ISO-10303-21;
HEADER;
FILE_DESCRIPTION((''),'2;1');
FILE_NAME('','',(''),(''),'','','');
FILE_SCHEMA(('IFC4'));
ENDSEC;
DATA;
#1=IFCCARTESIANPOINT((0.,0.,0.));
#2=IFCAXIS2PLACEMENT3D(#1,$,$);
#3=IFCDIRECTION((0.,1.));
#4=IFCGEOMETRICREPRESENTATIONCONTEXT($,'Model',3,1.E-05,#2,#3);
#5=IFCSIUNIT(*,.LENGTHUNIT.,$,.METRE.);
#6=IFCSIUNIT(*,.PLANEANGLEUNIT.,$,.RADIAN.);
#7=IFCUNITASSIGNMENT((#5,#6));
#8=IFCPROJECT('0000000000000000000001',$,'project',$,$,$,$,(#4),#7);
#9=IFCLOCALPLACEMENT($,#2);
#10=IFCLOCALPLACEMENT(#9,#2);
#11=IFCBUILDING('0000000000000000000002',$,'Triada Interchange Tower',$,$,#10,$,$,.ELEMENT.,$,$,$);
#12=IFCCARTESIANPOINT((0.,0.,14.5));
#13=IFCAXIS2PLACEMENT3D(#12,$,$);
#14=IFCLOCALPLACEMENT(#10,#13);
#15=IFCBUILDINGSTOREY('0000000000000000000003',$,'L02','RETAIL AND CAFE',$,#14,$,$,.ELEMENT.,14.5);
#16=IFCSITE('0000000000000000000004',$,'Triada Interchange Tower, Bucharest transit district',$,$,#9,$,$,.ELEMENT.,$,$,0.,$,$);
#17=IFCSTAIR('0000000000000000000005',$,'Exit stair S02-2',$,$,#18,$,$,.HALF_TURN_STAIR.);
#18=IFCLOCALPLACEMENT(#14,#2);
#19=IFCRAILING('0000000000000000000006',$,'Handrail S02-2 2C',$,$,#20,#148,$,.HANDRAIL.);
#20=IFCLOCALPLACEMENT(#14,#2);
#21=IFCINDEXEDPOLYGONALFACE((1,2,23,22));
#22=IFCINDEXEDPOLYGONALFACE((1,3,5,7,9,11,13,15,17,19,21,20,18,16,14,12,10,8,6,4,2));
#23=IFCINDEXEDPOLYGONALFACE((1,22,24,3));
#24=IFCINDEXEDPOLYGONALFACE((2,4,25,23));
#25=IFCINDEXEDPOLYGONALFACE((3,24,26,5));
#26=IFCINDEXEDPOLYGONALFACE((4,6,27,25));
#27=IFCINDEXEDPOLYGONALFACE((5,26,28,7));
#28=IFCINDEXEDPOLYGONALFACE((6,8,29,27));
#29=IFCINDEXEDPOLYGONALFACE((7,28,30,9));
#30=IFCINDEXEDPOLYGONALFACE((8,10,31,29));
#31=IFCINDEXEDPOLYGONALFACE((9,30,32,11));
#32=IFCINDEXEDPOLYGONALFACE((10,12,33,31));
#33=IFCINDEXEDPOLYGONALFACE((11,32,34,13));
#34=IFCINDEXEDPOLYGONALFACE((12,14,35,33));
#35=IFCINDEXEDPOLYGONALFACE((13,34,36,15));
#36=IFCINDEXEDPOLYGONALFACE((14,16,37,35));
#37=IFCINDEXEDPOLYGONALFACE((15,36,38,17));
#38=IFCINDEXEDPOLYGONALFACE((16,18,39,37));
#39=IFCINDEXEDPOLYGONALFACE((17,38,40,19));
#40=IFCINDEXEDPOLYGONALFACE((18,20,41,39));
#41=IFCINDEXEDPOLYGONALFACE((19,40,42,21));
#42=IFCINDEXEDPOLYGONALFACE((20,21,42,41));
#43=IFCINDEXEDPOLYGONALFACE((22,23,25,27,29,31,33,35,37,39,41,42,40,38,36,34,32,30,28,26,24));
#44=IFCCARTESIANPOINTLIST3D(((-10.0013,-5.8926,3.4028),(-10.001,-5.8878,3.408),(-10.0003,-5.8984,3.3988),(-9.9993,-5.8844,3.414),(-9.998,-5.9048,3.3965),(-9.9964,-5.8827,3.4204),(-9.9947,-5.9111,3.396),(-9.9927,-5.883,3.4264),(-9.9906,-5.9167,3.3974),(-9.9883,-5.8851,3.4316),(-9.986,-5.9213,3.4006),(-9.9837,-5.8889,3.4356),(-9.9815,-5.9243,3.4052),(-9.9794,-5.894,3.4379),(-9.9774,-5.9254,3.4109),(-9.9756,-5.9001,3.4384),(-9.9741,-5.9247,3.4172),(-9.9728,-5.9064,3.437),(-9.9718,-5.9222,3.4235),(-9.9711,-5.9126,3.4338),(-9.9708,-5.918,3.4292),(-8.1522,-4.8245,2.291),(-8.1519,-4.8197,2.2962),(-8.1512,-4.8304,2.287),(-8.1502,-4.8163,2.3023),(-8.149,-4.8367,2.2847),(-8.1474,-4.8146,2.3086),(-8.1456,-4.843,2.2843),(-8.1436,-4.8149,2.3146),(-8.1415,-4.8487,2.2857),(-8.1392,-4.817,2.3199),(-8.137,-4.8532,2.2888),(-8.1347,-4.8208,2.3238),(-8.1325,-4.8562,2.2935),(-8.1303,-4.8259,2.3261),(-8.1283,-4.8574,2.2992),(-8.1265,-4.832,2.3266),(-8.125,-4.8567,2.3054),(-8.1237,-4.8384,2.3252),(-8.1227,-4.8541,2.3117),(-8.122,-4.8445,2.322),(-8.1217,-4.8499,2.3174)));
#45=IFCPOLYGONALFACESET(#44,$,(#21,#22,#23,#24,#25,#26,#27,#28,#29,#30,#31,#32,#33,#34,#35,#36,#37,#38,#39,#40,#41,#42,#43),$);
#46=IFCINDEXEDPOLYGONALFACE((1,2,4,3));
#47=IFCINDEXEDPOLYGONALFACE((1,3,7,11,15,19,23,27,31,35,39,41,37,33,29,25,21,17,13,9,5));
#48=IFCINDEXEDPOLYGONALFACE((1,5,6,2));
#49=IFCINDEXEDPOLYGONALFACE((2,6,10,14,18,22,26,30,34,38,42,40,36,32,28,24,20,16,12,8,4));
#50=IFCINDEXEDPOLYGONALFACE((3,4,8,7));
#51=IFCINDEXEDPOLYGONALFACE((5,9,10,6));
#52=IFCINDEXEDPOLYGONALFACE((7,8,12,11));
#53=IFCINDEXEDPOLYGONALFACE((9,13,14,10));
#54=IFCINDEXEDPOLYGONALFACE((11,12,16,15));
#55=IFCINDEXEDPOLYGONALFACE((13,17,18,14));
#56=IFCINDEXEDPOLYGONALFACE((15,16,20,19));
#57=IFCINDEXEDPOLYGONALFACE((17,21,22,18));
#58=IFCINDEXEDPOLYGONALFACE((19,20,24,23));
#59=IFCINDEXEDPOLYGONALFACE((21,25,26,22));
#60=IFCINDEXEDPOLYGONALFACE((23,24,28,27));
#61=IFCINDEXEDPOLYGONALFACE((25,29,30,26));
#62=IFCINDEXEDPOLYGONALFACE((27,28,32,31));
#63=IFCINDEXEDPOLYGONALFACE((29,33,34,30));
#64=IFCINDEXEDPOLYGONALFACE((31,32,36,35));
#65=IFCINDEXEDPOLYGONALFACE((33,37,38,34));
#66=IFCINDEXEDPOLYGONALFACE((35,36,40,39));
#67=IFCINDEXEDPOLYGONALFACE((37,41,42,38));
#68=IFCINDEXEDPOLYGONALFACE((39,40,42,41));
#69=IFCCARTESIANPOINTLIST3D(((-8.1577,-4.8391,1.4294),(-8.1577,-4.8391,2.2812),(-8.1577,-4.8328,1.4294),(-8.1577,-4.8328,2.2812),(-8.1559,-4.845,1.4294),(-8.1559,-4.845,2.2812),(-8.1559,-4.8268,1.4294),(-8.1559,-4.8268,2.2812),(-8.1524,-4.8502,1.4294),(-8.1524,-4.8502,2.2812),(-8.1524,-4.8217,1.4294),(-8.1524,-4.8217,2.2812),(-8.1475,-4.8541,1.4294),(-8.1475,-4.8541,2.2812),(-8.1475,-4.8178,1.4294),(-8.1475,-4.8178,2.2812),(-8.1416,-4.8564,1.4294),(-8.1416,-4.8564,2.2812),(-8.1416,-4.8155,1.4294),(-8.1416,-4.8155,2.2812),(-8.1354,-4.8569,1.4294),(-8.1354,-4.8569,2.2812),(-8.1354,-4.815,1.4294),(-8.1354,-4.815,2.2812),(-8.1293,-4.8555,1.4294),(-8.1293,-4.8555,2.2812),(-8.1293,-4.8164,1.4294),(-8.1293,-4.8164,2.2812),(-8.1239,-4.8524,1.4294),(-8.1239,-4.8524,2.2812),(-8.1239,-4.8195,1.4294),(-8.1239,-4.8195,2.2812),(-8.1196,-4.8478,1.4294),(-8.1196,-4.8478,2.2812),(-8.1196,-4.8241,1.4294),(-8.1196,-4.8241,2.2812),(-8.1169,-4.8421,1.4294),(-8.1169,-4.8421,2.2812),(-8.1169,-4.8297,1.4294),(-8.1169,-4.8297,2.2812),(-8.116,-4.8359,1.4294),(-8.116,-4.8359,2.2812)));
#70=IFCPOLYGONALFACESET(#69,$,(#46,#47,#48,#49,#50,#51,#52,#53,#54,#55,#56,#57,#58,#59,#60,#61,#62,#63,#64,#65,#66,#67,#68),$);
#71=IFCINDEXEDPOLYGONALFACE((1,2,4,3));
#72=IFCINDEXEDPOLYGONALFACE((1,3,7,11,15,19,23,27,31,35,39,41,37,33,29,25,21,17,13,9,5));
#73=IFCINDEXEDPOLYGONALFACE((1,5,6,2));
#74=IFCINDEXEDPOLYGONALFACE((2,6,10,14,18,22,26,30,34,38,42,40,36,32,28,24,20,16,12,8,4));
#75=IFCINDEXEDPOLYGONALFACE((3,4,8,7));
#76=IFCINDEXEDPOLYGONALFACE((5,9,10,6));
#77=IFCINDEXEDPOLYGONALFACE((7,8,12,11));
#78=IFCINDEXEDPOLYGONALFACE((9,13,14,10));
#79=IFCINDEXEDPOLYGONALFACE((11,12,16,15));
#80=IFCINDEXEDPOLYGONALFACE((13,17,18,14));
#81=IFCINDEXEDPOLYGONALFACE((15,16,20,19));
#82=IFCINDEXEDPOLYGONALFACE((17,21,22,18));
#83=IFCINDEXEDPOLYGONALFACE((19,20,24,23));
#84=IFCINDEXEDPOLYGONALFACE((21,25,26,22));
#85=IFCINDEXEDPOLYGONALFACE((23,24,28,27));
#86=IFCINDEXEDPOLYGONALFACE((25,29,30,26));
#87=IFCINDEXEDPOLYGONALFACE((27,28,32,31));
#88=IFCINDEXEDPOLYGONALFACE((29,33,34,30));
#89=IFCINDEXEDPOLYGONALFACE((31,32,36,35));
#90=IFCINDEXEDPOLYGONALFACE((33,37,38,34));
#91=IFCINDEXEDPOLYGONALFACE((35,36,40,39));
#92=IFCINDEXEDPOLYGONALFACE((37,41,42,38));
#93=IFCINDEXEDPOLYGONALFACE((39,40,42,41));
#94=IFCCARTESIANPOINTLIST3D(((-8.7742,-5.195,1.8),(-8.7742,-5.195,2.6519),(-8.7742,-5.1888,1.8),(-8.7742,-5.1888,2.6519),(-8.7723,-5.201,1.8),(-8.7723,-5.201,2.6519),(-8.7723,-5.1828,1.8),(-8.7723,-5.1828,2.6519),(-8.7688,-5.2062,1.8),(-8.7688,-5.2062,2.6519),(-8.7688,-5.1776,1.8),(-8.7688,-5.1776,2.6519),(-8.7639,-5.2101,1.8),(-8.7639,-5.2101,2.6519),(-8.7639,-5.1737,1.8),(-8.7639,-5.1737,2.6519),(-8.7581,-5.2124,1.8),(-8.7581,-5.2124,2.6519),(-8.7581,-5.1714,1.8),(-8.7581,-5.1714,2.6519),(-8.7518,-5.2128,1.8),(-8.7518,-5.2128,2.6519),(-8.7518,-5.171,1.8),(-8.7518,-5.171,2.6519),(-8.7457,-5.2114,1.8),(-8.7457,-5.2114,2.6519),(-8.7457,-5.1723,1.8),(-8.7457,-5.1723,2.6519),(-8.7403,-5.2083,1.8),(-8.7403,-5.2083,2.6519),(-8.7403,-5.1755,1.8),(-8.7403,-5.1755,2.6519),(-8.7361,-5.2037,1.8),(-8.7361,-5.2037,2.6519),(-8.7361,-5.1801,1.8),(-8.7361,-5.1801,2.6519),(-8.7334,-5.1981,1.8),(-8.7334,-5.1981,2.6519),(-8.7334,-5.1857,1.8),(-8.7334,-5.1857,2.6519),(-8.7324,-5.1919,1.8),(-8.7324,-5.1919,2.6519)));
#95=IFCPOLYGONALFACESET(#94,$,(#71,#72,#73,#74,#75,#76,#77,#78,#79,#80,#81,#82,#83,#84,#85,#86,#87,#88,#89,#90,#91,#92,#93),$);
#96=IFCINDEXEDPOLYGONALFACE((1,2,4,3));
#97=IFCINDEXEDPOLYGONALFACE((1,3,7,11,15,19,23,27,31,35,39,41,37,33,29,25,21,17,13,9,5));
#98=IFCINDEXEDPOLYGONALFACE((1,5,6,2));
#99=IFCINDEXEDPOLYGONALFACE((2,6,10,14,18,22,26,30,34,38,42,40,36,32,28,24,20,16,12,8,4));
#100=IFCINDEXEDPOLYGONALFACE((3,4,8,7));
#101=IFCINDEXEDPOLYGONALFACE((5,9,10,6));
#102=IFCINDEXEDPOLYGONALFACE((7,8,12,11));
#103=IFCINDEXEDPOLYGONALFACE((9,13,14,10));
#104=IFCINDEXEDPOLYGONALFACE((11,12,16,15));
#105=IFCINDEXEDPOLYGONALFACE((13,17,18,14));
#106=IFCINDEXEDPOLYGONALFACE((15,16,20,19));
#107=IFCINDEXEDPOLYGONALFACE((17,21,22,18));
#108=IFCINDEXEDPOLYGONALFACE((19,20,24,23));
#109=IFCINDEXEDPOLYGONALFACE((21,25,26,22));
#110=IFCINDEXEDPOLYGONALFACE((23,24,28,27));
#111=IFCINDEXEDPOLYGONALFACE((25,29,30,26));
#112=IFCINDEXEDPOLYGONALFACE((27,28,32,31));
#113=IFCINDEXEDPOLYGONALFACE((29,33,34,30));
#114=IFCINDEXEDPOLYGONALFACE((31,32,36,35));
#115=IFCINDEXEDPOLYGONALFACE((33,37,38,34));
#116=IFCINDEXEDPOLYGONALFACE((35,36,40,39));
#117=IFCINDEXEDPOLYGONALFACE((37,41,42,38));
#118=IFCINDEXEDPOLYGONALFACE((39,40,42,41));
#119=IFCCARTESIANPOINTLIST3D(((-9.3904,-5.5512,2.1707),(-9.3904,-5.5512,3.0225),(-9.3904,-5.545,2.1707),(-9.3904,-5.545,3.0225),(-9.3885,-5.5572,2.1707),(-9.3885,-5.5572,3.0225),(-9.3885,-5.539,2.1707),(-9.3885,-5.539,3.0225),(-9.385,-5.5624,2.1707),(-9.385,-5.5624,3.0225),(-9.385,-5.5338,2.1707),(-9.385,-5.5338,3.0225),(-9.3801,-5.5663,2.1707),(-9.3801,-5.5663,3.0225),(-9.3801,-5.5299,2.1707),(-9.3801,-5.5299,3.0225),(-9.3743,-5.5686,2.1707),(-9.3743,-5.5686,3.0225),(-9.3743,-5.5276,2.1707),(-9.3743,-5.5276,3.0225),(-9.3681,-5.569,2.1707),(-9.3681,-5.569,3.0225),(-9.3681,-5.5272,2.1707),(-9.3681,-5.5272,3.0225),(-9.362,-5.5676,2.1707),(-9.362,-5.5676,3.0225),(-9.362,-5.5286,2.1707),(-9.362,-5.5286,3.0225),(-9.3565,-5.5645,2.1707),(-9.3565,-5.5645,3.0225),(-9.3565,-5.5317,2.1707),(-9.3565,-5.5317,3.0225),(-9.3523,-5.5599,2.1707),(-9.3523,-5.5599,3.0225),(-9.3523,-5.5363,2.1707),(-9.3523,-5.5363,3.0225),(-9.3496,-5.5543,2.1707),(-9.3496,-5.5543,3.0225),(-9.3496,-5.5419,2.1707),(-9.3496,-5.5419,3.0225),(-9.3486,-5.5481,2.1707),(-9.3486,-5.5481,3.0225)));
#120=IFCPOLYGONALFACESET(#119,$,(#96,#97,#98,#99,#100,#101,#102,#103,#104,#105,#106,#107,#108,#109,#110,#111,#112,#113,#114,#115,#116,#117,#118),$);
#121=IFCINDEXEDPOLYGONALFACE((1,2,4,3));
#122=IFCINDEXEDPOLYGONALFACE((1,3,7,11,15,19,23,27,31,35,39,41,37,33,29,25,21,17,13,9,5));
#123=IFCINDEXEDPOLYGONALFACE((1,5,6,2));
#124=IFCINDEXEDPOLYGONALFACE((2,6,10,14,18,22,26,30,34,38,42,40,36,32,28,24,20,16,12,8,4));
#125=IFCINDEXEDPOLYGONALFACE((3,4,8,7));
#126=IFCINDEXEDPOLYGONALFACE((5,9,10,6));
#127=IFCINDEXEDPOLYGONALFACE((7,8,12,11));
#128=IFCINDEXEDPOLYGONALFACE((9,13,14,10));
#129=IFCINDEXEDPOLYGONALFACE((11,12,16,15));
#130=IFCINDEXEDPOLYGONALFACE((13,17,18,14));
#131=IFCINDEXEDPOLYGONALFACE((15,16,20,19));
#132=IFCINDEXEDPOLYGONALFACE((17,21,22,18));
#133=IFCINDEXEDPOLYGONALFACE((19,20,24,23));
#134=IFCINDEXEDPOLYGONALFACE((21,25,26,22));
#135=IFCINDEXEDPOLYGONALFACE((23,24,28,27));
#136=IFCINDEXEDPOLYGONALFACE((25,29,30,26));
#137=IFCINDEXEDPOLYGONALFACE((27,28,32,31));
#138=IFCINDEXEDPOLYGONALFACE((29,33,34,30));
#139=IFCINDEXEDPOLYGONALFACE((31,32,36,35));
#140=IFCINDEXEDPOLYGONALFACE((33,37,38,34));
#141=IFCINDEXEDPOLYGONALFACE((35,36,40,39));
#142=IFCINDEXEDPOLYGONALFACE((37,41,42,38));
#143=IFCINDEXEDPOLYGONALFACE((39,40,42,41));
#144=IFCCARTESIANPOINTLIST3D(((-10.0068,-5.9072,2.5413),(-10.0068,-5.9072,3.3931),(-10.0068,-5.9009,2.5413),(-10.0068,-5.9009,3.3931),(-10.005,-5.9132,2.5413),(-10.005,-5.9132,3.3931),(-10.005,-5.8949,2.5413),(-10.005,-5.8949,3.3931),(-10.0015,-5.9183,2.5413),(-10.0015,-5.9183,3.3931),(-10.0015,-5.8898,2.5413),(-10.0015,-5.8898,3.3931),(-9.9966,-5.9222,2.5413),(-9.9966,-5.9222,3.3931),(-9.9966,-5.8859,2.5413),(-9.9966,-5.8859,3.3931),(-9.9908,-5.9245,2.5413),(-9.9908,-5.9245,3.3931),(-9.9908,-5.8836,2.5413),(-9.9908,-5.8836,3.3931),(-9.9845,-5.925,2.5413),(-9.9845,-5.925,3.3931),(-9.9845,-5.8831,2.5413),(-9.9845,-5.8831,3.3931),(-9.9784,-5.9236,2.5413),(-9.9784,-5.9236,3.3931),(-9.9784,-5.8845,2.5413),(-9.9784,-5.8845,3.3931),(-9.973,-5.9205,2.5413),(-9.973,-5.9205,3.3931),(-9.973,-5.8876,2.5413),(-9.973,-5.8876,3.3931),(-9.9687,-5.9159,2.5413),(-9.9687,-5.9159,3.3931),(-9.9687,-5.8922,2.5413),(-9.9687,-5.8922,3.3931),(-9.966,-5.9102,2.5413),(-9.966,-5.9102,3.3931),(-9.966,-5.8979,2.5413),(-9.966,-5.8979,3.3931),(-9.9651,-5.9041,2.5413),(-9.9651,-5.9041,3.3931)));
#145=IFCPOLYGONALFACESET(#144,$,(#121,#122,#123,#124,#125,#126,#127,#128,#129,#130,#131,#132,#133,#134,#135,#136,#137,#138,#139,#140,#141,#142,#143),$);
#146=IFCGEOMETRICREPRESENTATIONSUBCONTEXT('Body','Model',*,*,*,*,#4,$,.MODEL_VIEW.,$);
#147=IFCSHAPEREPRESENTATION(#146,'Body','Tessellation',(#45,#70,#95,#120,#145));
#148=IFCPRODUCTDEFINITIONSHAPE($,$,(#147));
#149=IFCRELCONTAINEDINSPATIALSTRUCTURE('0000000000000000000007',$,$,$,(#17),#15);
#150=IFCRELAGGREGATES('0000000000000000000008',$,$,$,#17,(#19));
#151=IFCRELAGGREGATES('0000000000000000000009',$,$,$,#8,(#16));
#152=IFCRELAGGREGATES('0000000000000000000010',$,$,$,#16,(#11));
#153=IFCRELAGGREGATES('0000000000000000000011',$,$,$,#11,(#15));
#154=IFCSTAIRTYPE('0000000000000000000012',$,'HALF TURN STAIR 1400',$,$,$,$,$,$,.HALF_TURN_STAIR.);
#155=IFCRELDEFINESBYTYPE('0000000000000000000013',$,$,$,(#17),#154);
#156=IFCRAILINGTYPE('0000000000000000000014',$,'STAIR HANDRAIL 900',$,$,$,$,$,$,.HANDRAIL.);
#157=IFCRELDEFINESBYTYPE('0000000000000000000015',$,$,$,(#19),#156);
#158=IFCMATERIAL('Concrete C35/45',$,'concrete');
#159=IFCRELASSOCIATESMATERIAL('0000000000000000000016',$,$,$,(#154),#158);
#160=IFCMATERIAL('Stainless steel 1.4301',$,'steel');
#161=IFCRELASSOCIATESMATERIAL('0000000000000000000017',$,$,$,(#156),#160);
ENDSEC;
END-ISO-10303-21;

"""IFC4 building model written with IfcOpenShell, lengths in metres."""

from ifc_helpers import new_model, si_unit, direction, frame, origin, origin_2d, place, context, subcontext, project, spatial, circle, extrude, material, type_object, element, aggregate, save


model = new_model("IFC4")

# Units and contexts
model_context = context("Model", 3, precision=1e-05, world=origin(), true_north=direction((0.0, 1.0)))
body_context = subcontext(model_context, "Body", "Model", "MODEL_VIEW")
ifc_project = project(units=[si_unit("LENGTHUNIT", "METRE"), si_unit("PLANEANGLEUNIT", "RADIAN")], contexts=[model_context])

# Site, building, storey
site_placement = place(None, origin())
site = spatial("IfcSite", under=ifc_project, at=site_placement, Name="Triada Interchange Tower, Bucharest transit district", CompositionType="ELEMENT", RefElevation=0.0)
building_placement = place(site_placement, origin())
building = spatial("IfcBuilding", under=site, at=building_placement, Name="Triada Interchange Tower", CompositionType="ELEMENT")
storey_placement = place(building_placement, frame((0.0, 0.0, 14.5)))
storey = spatial("IfcBuildingStorey", under=building, at=storey_placement, Name="L02", Description="RETAIL AND CAFE", CompositionType="ELEMENT", Elevation=14.5)

# Shared definitions
ifc_material_1 = material(Name="Concrete C35/45", Category="concrete")

# Stair, railing
stair_type = type_object("IfcStairType", Name="HALF TURN STAIR 1400", PredefinedType="HALF_TURN_STAIR", material=ifc_material_1)
stair_1_placement = place(storey_placement, origin())
stair_1 = element("IfcStair", 1, at=stair_1_placement, inside=storey, type_object=stair_type, Name="Exit stair S02-2", PredefinedType="HALF_TURN_STAIR")
ifc_material_2 = material(Name="Stainless steel 1.4301", Category="steel")
railing_type_1 = type_object("IfcRailingType", Name="STAIR HANDRAIL 900", PredefinedType="HANDRAIL", material=ifc_material_2)
railing_1_placement = place(storey_placement, frame((-8.137, -4.8359, 1.4294)))
railing_1 = element("IfcRailing", 2, at=railing_1_placement, type_object=railing_type_1, Name="Handrail S02-2 2C", PredefinedType="HANDRAIL", context=body_context, shape_type="SweptSolid", body=[
    extrude(circle(Radius=0.0239, at=origin_2d()), frame((0.0, 0.0, 0.876), z_axis=(-0.768054, -0.443654, 0.461806), x_axis=(0.500184, -0.865919, 0.0)), (0.0, 0.0, 1.0), 2.4075),
    extrude(circle(Radius=0.021, at=origin_2d()), origin(), (0.0, 0.0, 1.0), 0.8518),
    extrude(circle(Radius=0.021, at=origin_2d()), frame((-0.6165, -0.356, 0.3706)), (0.0, 0.0, 1.0), 0.8518),
    extrude(circle(Radius=0.021, at=origin_2d()), frame((-1.2327, -0.7122, 0.7412)), (0.0, 0.0, 1.0), 0.8518),
    extrude(circle(Radius=0.021, at=origin_2d()), frame((-1.8491, -1.0681, 1.1118)), (0.0, 0.0, 1.0), 0.8518),
])
aggregate(stair_1, [railing_1])

save(model, "model.ifc")
